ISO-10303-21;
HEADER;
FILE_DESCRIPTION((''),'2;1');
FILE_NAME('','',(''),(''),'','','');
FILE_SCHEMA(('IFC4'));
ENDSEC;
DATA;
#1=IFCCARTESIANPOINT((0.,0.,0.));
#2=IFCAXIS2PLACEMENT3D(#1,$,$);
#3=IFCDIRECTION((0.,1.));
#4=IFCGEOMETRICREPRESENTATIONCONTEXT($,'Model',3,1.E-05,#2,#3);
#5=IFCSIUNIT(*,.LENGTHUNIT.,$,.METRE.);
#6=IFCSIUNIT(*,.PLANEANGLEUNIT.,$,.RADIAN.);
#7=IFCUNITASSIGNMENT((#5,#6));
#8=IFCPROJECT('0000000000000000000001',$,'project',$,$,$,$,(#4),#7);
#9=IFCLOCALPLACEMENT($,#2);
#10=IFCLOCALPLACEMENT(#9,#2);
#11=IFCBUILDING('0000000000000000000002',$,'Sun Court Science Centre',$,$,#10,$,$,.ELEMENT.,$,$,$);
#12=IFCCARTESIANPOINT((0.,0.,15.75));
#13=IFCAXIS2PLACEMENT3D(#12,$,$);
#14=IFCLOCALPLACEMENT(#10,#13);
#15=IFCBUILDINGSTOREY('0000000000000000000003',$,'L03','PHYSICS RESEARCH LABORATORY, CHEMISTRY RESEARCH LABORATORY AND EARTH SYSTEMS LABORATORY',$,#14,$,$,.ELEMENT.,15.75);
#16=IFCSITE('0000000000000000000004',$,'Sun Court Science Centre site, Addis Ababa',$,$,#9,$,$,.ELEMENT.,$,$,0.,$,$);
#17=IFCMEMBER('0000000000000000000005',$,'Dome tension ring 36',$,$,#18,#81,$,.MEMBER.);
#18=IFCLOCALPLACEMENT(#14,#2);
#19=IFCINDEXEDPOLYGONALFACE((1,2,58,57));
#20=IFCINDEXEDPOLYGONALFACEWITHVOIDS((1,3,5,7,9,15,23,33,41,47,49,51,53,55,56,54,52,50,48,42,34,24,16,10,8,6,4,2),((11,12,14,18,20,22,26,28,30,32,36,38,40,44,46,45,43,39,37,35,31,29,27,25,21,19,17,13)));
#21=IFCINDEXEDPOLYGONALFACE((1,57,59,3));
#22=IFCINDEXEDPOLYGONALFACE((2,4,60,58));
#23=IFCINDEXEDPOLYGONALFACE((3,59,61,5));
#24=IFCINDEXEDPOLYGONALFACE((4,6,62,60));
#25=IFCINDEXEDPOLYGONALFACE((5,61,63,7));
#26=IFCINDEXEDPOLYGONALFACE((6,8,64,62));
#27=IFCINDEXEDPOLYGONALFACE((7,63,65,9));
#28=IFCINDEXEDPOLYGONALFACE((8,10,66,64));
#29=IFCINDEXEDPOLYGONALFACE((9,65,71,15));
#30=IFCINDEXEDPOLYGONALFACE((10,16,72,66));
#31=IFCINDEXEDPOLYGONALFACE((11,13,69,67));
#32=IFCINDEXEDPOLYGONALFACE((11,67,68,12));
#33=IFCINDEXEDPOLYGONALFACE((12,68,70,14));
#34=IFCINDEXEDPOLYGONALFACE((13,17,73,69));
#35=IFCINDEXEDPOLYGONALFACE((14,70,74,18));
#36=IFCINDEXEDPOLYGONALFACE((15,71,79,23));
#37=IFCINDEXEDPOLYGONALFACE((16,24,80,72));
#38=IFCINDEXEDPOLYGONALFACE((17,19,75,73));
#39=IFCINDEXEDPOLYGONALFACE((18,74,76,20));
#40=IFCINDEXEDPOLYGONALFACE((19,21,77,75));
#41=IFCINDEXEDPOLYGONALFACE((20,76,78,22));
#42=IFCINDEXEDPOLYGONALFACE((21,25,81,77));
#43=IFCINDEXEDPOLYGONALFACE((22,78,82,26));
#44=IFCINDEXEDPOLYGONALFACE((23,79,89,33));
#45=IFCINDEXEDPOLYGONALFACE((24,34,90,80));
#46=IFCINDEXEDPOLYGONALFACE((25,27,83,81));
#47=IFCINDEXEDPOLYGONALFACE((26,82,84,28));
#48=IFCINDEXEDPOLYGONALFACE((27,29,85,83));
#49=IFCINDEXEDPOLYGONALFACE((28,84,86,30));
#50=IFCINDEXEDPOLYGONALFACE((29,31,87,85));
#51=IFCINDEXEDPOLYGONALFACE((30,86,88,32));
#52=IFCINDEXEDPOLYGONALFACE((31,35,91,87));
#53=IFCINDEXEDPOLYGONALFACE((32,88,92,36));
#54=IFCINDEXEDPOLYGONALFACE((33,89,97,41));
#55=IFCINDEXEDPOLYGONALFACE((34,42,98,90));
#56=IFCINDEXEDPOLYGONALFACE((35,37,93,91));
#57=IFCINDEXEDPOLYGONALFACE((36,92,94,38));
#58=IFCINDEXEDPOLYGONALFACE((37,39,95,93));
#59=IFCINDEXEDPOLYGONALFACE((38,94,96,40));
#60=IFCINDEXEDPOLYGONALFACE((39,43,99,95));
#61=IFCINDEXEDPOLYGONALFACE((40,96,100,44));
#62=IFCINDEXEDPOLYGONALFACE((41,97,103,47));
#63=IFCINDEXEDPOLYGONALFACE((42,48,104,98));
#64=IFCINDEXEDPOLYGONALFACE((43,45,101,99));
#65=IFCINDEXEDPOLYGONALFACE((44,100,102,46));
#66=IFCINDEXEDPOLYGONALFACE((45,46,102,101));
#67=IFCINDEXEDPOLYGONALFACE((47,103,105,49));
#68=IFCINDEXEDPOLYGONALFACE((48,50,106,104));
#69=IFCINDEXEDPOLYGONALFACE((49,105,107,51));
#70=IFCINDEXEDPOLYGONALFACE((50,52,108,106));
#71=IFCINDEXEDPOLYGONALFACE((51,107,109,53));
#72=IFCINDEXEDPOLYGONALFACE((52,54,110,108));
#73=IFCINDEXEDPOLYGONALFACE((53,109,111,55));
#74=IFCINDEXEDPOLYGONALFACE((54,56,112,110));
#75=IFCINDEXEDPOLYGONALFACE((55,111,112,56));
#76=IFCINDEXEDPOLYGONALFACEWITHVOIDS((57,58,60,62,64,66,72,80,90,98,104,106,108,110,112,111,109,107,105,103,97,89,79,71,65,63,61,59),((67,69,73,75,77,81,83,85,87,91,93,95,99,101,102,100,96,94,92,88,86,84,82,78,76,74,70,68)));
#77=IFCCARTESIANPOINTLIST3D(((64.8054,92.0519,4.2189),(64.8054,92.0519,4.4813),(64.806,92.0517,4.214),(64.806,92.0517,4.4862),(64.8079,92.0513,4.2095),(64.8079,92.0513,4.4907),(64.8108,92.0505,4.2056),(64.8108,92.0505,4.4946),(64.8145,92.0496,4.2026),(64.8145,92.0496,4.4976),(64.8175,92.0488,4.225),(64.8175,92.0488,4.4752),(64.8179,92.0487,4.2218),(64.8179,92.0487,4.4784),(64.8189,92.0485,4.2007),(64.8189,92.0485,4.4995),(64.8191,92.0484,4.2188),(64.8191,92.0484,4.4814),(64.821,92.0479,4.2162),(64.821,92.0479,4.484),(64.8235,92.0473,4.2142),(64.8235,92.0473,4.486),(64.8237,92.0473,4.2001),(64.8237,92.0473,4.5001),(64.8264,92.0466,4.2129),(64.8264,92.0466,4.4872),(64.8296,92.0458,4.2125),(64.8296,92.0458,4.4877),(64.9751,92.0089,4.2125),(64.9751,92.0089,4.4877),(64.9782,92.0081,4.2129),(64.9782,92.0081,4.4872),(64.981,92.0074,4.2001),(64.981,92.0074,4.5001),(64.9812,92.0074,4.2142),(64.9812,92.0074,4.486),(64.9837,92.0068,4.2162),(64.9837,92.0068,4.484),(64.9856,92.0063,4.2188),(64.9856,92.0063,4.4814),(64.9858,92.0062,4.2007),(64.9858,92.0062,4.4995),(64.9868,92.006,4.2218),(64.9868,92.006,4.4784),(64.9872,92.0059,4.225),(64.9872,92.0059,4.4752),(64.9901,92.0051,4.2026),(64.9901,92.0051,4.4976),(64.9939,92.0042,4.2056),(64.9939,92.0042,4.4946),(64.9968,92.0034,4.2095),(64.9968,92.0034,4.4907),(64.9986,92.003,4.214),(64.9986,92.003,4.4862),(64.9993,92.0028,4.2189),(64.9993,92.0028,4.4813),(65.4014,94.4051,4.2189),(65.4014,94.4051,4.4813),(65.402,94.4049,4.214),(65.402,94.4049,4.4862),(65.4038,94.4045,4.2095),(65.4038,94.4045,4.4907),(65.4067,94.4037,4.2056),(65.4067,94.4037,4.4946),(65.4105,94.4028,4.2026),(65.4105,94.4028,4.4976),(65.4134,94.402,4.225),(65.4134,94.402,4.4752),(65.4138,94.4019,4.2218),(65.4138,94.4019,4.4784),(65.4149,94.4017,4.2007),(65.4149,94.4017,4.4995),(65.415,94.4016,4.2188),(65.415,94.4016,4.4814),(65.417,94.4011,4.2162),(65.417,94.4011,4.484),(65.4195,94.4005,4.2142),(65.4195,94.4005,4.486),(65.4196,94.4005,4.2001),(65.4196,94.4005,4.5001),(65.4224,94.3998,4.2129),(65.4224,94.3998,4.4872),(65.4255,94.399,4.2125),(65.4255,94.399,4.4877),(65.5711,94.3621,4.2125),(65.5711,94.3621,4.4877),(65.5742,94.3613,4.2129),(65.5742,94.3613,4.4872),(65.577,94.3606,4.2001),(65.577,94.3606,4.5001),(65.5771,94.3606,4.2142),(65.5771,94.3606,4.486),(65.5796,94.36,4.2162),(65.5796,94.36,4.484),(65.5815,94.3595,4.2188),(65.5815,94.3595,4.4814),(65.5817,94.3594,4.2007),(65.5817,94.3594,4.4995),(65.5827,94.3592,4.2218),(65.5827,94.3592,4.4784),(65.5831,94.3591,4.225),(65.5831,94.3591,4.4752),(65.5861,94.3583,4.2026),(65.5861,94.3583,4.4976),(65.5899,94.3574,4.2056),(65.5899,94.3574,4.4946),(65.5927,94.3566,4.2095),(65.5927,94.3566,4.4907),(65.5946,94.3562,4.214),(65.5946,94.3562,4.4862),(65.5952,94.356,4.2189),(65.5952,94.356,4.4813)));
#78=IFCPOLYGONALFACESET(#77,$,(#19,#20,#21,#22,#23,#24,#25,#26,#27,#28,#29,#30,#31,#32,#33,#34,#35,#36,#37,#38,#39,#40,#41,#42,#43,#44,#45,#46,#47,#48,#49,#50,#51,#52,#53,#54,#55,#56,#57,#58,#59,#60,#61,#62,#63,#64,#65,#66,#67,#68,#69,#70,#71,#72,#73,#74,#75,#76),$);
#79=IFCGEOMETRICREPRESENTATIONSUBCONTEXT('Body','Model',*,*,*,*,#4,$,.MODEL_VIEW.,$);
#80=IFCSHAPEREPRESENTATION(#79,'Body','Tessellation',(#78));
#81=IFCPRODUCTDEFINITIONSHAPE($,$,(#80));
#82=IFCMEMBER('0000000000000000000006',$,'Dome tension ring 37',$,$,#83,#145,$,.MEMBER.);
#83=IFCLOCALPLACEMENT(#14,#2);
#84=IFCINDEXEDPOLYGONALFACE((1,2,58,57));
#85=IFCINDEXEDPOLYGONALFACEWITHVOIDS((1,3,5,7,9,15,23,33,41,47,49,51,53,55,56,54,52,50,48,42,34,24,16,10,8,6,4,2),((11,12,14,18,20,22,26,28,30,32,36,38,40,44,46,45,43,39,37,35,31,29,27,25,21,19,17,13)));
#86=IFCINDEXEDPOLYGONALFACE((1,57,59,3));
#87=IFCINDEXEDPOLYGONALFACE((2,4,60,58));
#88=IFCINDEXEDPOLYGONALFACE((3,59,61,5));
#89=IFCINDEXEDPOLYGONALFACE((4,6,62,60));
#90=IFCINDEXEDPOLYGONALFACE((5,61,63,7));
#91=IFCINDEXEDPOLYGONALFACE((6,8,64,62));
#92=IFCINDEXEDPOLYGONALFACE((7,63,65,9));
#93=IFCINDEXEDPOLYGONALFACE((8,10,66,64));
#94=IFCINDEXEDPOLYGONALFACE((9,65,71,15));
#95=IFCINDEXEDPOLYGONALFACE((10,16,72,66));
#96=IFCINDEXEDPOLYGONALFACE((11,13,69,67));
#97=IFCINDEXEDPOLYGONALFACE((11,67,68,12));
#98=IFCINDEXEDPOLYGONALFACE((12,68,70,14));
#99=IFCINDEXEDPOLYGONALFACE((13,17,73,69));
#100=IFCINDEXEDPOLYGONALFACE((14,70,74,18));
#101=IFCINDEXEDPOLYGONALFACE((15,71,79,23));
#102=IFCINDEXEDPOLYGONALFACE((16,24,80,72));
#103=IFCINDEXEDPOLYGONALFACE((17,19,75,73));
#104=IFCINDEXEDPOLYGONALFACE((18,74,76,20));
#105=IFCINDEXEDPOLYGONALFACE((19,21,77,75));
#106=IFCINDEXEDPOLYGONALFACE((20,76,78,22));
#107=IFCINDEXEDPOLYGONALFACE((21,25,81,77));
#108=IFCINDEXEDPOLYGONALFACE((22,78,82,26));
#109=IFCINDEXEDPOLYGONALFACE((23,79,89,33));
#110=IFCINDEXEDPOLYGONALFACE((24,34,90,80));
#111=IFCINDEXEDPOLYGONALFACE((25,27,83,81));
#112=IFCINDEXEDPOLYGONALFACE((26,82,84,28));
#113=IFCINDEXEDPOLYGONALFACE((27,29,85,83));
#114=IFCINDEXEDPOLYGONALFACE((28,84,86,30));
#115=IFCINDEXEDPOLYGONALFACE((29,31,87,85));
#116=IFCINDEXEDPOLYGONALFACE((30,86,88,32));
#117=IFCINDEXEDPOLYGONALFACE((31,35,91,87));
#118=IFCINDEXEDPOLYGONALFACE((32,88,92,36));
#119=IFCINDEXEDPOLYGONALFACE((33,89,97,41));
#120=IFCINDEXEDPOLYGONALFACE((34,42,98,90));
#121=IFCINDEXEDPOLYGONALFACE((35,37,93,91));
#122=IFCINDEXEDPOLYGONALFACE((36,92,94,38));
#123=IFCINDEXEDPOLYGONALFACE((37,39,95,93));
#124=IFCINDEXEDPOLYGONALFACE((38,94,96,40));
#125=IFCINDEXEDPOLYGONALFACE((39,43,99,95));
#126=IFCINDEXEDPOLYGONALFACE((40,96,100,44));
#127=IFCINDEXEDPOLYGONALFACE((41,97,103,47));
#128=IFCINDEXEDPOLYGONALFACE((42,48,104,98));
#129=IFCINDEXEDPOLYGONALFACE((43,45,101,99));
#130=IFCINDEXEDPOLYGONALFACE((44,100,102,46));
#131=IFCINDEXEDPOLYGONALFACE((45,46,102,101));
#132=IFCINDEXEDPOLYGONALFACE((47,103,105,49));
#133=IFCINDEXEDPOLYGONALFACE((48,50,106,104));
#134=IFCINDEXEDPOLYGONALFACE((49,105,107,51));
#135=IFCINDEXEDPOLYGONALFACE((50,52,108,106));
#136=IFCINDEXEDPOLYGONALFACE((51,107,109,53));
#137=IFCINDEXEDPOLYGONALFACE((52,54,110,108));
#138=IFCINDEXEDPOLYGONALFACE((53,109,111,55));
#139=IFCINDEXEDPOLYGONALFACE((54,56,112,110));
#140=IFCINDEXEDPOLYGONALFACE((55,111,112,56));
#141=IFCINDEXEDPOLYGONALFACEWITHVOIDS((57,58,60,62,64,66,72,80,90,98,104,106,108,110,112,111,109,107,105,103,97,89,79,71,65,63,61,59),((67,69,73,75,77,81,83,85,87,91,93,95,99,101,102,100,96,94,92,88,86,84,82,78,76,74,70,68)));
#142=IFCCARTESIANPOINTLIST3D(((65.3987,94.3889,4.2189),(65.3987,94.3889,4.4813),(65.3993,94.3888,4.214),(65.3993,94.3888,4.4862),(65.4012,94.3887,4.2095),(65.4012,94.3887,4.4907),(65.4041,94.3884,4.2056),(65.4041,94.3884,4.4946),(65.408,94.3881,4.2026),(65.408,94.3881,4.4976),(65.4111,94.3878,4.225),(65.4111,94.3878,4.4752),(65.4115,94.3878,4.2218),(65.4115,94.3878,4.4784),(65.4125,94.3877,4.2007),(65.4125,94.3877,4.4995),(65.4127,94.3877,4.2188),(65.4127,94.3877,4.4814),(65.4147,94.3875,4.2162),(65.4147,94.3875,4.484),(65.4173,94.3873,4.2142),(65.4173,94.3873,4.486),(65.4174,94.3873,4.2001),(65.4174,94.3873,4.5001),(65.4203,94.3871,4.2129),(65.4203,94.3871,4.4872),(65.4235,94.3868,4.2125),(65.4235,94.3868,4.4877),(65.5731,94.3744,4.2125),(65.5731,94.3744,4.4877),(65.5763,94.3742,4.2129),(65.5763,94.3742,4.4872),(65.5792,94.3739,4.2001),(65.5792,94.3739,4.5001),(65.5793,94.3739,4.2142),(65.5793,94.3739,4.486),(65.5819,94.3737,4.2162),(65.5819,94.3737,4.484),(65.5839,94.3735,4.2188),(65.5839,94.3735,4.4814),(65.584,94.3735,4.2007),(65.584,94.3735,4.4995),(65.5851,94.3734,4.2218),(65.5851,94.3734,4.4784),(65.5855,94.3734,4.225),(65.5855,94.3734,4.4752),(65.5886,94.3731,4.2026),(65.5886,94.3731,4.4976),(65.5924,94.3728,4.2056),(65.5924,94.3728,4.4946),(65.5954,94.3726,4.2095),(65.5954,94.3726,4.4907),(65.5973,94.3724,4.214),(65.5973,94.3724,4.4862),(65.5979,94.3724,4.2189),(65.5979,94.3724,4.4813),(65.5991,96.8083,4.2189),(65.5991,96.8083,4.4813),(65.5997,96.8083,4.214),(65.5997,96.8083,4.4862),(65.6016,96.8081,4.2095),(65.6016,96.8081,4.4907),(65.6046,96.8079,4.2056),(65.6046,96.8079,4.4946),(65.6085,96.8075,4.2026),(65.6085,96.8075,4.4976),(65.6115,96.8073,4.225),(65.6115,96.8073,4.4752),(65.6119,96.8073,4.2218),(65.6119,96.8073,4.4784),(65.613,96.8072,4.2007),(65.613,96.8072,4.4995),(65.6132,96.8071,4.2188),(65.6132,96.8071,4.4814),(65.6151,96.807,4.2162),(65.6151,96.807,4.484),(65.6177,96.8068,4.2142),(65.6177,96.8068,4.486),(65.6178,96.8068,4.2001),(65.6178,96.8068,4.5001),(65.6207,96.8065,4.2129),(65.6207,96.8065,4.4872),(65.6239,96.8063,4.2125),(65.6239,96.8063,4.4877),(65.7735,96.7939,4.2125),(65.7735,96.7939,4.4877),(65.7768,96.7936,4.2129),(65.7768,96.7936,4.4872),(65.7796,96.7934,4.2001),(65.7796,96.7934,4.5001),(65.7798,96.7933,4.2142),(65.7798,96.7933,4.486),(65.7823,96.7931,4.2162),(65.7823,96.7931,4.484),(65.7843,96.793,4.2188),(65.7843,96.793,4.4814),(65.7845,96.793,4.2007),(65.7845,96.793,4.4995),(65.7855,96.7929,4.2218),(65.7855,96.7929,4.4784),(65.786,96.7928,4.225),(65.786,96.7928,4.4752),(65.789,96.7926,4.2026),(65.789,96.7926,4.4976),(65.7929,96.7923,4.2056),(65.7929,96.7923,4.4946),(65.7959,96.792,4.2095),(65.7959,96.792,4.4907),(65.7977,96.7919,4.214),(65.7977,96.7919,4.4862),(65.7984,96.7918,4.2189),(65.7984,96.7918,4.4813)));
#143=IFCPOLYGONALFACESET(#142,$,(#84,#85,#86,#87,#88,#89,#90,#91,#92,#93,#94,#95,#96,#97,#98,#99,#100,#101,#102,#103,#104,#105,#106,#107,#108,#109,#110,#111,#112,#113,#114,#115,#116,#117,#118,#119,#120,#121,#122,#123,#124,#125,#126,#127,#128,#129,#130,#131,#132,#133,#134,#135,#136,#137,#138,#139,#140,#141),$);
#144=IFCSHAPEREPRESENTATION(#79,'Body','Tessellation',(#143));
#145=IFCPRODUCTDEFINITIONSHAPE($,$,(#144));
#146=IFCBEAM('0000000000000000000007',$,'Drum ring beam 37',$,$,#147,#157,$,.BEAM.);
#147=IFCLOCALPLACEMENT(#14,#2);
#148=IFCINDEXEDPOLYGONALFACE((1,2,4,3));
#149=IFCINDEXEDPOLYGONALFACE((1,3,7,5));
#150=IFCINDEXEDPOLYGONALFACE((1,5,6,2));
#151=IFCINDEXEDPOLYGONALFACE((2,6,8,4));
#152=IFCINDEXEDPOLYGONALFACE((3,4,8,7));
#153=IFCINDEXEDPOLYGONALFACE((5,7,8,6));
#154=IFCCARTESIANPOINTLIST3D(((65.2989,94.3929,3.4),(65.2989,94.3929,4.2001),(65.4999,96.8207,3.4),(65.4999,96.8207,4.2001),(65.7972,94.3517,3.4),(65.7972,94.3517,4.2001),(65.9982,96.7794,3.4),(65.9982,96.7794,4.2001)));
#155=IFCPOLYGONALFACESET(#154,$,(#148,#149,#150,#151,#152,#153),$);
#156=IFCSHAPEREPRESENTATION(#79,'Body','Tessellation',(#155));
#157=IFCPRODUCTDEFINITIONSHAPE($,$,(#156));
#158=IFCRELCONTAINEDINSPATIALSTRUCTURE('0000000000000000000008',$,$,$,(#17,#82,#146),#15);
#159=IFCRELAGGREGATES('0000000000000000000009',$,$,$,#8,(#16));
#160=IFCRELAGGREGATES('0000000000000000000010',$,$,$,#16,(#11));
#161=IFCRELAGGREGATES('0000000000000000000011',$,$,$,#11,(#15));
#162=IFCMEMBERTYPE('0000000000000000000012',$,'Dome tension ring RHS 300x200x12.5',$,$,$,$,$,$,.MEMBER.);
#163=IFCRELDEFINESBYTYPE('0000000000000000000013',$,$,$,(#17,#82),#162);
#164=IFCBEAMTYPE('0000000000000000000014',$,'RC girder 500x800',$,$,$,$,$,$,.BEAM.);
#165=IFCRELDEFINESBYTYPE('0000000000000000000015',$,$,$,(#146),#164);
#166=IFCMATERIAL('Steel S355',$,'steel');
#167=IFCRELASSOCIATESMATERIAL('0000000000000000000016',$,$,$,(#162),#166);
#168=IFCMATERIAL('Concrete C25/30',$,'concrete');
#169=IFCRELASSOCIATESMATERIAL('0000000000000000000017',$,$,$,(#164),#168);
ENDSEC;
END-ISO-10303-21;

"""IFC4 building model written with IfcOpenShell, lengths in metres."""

from ifc_helpers import new_model, si_unit, direction, frame, origin, origin_2d, place, context, subcontext, project, spatial, rectangle, hollow_rectangle, extrude, material, material_profile, profile_set, type_object, element, save


model = new_model("IFC4")

# Units and contexts
model_context = context("Model", 3, precision=1e-05, world=origin(), true_north=direction((0.0, 1.0)))
body_context = subcontext(model_context, "Body", "Model", "MODEL_VIEW")
ifc_project = project(units=[si_unit("LENGTHUNIT", "METRE"), si_unit("PLANEANGLEUNIT", "RADIAN")], contexts=[model_context])

# Site, building, storey
site_placement = place(None, origin())
site = spatial("IfcSite", under=ifc_project, at=site_placement, Name="Sun Court Science Centre site, Addis Ababa", CompositionType="ELEMENT", RefElevation=0.0)
building_placement = place(site_placement, origin())
building = spatial("IfcBuilding", under=site, at=building_placement, Name="Sun Court Science Centre", CompositionType="ELEMENT")
storey_placement = place(building_placement, frame((0.0, 0.0, 15.75)))
storey = spatial("IfcBuildingStorey", under=building, at=storey_placement, Name="L03", Description="PHYSICS RESEARCH LABORATORY, CHEMISTRY RESEARCH LABORATORY AND EARTH SYSTEMS LABORATORY", CompositionType="ELEMENT", Elevation=15.75)

# Members
ifc_material_1 = material(Name="Steel S355", Category="steel")
ifc_material_profile_1 = material_profile(ifc_material_1, hollow_rectangle(XDim=0.2, YDim=0.3, WallThickness=0.0125, InnerFilletRadius=0.0125, OuterFilletRadius=0.0188, at=origin_2d()), Name="RHS 300x200x12.5")
ifc_profile_set_1 = profile_set([ifc_material_profile_1], Name="Steel S355")
member_type_1 = type_object("IfcMemberType", Name="Dome tension ring RHS 300x200x12.5", PredefinedType="MEMBER", material=ifc_profile_set_1)
member_1_placement = place(storey_placement, frame((64.9023, 92.0273, 4.3501), z_axis=(0.245492, 0.969399, 0.0), x_axis=(-0.969399, 0.245492, 0.0)))
element("IfcMember", 1, at=member_1_placement, inside=storey, type_object=member_type_1, Name="Dome tension ring 36", PredefinedType="MEMBER", context=body_context, shape_type="SweptSolid", body=[
    extrude(hollow_rectangle(XDim=0.2, YDim=0.3, WallThickness=0.0125, InnerFilletRadius=0.0125, OuterFilletRadius=0.0188, at=origin_2d()), origin(), (0.0, 0.0, 1.0), 2.4275),
])
member_2_placement = place(storey_placement, frame((65.4983, 94.3806, 4.3501), z_axis=(0.082563, 0.996586, 0.0), x_axis=(-0.996586, 0.082563, 0.0)))
element("IfcMember", 2, at=member_2_placement, inside=storey, type_object=member_type_1, Name="Dome tension ring 37", PredefinedType="MEMBER", context=body_context, shape_type="SweptSolid", body=[
    extrude(hollow_rectangle(XDim=0.2, YDim=0.3, WallThickness=0.0125, InnerFilletRadius=0.0125, OuterFilletRadius=0.0188, at=origin_2d()), origin(), (0.0, 0.0, 1.0), 2.4277),
])

# Beam
ifc_material_2 = material(Name="Concrete C25/30", Category="concrete")
ifc_material_profile_2 = material_profile(ifc_material_2, rectangle(XDim=0.5, YDim=0.8, at=origin_2d()), Name="RC 500x800")
ifc_profile_set_2 = profile_set([ifc_material_profile_2], Name="Concrete C25/30")
beam_type = type_object("IfcBeamType", Name="RC girder 500x800", PredefinedType="BEAM", material=ifc_profile_set_2)
beam_placement = place(storey_placement, frame((65.5481, 94.3723, 3.8), z_axis=(0.082481, 0.996593, 0.0), x_axis=(-0.996593, 0.082481, 0.0)))
element("IfcBeam", 3, at=beam_placement, inside=storey, type_object=beam_type, Name="Drum ring beam 37", PredefinedType="BEAM", context=body_context, shape_type="SweptSolid", body=[
    extrude(rectangle(XDim=0.5, YDim=0.8, at=origin_2d()), origin(), (0.0, 0.0, 1.0), 2.436),
])

save(model, "model.ifc")
